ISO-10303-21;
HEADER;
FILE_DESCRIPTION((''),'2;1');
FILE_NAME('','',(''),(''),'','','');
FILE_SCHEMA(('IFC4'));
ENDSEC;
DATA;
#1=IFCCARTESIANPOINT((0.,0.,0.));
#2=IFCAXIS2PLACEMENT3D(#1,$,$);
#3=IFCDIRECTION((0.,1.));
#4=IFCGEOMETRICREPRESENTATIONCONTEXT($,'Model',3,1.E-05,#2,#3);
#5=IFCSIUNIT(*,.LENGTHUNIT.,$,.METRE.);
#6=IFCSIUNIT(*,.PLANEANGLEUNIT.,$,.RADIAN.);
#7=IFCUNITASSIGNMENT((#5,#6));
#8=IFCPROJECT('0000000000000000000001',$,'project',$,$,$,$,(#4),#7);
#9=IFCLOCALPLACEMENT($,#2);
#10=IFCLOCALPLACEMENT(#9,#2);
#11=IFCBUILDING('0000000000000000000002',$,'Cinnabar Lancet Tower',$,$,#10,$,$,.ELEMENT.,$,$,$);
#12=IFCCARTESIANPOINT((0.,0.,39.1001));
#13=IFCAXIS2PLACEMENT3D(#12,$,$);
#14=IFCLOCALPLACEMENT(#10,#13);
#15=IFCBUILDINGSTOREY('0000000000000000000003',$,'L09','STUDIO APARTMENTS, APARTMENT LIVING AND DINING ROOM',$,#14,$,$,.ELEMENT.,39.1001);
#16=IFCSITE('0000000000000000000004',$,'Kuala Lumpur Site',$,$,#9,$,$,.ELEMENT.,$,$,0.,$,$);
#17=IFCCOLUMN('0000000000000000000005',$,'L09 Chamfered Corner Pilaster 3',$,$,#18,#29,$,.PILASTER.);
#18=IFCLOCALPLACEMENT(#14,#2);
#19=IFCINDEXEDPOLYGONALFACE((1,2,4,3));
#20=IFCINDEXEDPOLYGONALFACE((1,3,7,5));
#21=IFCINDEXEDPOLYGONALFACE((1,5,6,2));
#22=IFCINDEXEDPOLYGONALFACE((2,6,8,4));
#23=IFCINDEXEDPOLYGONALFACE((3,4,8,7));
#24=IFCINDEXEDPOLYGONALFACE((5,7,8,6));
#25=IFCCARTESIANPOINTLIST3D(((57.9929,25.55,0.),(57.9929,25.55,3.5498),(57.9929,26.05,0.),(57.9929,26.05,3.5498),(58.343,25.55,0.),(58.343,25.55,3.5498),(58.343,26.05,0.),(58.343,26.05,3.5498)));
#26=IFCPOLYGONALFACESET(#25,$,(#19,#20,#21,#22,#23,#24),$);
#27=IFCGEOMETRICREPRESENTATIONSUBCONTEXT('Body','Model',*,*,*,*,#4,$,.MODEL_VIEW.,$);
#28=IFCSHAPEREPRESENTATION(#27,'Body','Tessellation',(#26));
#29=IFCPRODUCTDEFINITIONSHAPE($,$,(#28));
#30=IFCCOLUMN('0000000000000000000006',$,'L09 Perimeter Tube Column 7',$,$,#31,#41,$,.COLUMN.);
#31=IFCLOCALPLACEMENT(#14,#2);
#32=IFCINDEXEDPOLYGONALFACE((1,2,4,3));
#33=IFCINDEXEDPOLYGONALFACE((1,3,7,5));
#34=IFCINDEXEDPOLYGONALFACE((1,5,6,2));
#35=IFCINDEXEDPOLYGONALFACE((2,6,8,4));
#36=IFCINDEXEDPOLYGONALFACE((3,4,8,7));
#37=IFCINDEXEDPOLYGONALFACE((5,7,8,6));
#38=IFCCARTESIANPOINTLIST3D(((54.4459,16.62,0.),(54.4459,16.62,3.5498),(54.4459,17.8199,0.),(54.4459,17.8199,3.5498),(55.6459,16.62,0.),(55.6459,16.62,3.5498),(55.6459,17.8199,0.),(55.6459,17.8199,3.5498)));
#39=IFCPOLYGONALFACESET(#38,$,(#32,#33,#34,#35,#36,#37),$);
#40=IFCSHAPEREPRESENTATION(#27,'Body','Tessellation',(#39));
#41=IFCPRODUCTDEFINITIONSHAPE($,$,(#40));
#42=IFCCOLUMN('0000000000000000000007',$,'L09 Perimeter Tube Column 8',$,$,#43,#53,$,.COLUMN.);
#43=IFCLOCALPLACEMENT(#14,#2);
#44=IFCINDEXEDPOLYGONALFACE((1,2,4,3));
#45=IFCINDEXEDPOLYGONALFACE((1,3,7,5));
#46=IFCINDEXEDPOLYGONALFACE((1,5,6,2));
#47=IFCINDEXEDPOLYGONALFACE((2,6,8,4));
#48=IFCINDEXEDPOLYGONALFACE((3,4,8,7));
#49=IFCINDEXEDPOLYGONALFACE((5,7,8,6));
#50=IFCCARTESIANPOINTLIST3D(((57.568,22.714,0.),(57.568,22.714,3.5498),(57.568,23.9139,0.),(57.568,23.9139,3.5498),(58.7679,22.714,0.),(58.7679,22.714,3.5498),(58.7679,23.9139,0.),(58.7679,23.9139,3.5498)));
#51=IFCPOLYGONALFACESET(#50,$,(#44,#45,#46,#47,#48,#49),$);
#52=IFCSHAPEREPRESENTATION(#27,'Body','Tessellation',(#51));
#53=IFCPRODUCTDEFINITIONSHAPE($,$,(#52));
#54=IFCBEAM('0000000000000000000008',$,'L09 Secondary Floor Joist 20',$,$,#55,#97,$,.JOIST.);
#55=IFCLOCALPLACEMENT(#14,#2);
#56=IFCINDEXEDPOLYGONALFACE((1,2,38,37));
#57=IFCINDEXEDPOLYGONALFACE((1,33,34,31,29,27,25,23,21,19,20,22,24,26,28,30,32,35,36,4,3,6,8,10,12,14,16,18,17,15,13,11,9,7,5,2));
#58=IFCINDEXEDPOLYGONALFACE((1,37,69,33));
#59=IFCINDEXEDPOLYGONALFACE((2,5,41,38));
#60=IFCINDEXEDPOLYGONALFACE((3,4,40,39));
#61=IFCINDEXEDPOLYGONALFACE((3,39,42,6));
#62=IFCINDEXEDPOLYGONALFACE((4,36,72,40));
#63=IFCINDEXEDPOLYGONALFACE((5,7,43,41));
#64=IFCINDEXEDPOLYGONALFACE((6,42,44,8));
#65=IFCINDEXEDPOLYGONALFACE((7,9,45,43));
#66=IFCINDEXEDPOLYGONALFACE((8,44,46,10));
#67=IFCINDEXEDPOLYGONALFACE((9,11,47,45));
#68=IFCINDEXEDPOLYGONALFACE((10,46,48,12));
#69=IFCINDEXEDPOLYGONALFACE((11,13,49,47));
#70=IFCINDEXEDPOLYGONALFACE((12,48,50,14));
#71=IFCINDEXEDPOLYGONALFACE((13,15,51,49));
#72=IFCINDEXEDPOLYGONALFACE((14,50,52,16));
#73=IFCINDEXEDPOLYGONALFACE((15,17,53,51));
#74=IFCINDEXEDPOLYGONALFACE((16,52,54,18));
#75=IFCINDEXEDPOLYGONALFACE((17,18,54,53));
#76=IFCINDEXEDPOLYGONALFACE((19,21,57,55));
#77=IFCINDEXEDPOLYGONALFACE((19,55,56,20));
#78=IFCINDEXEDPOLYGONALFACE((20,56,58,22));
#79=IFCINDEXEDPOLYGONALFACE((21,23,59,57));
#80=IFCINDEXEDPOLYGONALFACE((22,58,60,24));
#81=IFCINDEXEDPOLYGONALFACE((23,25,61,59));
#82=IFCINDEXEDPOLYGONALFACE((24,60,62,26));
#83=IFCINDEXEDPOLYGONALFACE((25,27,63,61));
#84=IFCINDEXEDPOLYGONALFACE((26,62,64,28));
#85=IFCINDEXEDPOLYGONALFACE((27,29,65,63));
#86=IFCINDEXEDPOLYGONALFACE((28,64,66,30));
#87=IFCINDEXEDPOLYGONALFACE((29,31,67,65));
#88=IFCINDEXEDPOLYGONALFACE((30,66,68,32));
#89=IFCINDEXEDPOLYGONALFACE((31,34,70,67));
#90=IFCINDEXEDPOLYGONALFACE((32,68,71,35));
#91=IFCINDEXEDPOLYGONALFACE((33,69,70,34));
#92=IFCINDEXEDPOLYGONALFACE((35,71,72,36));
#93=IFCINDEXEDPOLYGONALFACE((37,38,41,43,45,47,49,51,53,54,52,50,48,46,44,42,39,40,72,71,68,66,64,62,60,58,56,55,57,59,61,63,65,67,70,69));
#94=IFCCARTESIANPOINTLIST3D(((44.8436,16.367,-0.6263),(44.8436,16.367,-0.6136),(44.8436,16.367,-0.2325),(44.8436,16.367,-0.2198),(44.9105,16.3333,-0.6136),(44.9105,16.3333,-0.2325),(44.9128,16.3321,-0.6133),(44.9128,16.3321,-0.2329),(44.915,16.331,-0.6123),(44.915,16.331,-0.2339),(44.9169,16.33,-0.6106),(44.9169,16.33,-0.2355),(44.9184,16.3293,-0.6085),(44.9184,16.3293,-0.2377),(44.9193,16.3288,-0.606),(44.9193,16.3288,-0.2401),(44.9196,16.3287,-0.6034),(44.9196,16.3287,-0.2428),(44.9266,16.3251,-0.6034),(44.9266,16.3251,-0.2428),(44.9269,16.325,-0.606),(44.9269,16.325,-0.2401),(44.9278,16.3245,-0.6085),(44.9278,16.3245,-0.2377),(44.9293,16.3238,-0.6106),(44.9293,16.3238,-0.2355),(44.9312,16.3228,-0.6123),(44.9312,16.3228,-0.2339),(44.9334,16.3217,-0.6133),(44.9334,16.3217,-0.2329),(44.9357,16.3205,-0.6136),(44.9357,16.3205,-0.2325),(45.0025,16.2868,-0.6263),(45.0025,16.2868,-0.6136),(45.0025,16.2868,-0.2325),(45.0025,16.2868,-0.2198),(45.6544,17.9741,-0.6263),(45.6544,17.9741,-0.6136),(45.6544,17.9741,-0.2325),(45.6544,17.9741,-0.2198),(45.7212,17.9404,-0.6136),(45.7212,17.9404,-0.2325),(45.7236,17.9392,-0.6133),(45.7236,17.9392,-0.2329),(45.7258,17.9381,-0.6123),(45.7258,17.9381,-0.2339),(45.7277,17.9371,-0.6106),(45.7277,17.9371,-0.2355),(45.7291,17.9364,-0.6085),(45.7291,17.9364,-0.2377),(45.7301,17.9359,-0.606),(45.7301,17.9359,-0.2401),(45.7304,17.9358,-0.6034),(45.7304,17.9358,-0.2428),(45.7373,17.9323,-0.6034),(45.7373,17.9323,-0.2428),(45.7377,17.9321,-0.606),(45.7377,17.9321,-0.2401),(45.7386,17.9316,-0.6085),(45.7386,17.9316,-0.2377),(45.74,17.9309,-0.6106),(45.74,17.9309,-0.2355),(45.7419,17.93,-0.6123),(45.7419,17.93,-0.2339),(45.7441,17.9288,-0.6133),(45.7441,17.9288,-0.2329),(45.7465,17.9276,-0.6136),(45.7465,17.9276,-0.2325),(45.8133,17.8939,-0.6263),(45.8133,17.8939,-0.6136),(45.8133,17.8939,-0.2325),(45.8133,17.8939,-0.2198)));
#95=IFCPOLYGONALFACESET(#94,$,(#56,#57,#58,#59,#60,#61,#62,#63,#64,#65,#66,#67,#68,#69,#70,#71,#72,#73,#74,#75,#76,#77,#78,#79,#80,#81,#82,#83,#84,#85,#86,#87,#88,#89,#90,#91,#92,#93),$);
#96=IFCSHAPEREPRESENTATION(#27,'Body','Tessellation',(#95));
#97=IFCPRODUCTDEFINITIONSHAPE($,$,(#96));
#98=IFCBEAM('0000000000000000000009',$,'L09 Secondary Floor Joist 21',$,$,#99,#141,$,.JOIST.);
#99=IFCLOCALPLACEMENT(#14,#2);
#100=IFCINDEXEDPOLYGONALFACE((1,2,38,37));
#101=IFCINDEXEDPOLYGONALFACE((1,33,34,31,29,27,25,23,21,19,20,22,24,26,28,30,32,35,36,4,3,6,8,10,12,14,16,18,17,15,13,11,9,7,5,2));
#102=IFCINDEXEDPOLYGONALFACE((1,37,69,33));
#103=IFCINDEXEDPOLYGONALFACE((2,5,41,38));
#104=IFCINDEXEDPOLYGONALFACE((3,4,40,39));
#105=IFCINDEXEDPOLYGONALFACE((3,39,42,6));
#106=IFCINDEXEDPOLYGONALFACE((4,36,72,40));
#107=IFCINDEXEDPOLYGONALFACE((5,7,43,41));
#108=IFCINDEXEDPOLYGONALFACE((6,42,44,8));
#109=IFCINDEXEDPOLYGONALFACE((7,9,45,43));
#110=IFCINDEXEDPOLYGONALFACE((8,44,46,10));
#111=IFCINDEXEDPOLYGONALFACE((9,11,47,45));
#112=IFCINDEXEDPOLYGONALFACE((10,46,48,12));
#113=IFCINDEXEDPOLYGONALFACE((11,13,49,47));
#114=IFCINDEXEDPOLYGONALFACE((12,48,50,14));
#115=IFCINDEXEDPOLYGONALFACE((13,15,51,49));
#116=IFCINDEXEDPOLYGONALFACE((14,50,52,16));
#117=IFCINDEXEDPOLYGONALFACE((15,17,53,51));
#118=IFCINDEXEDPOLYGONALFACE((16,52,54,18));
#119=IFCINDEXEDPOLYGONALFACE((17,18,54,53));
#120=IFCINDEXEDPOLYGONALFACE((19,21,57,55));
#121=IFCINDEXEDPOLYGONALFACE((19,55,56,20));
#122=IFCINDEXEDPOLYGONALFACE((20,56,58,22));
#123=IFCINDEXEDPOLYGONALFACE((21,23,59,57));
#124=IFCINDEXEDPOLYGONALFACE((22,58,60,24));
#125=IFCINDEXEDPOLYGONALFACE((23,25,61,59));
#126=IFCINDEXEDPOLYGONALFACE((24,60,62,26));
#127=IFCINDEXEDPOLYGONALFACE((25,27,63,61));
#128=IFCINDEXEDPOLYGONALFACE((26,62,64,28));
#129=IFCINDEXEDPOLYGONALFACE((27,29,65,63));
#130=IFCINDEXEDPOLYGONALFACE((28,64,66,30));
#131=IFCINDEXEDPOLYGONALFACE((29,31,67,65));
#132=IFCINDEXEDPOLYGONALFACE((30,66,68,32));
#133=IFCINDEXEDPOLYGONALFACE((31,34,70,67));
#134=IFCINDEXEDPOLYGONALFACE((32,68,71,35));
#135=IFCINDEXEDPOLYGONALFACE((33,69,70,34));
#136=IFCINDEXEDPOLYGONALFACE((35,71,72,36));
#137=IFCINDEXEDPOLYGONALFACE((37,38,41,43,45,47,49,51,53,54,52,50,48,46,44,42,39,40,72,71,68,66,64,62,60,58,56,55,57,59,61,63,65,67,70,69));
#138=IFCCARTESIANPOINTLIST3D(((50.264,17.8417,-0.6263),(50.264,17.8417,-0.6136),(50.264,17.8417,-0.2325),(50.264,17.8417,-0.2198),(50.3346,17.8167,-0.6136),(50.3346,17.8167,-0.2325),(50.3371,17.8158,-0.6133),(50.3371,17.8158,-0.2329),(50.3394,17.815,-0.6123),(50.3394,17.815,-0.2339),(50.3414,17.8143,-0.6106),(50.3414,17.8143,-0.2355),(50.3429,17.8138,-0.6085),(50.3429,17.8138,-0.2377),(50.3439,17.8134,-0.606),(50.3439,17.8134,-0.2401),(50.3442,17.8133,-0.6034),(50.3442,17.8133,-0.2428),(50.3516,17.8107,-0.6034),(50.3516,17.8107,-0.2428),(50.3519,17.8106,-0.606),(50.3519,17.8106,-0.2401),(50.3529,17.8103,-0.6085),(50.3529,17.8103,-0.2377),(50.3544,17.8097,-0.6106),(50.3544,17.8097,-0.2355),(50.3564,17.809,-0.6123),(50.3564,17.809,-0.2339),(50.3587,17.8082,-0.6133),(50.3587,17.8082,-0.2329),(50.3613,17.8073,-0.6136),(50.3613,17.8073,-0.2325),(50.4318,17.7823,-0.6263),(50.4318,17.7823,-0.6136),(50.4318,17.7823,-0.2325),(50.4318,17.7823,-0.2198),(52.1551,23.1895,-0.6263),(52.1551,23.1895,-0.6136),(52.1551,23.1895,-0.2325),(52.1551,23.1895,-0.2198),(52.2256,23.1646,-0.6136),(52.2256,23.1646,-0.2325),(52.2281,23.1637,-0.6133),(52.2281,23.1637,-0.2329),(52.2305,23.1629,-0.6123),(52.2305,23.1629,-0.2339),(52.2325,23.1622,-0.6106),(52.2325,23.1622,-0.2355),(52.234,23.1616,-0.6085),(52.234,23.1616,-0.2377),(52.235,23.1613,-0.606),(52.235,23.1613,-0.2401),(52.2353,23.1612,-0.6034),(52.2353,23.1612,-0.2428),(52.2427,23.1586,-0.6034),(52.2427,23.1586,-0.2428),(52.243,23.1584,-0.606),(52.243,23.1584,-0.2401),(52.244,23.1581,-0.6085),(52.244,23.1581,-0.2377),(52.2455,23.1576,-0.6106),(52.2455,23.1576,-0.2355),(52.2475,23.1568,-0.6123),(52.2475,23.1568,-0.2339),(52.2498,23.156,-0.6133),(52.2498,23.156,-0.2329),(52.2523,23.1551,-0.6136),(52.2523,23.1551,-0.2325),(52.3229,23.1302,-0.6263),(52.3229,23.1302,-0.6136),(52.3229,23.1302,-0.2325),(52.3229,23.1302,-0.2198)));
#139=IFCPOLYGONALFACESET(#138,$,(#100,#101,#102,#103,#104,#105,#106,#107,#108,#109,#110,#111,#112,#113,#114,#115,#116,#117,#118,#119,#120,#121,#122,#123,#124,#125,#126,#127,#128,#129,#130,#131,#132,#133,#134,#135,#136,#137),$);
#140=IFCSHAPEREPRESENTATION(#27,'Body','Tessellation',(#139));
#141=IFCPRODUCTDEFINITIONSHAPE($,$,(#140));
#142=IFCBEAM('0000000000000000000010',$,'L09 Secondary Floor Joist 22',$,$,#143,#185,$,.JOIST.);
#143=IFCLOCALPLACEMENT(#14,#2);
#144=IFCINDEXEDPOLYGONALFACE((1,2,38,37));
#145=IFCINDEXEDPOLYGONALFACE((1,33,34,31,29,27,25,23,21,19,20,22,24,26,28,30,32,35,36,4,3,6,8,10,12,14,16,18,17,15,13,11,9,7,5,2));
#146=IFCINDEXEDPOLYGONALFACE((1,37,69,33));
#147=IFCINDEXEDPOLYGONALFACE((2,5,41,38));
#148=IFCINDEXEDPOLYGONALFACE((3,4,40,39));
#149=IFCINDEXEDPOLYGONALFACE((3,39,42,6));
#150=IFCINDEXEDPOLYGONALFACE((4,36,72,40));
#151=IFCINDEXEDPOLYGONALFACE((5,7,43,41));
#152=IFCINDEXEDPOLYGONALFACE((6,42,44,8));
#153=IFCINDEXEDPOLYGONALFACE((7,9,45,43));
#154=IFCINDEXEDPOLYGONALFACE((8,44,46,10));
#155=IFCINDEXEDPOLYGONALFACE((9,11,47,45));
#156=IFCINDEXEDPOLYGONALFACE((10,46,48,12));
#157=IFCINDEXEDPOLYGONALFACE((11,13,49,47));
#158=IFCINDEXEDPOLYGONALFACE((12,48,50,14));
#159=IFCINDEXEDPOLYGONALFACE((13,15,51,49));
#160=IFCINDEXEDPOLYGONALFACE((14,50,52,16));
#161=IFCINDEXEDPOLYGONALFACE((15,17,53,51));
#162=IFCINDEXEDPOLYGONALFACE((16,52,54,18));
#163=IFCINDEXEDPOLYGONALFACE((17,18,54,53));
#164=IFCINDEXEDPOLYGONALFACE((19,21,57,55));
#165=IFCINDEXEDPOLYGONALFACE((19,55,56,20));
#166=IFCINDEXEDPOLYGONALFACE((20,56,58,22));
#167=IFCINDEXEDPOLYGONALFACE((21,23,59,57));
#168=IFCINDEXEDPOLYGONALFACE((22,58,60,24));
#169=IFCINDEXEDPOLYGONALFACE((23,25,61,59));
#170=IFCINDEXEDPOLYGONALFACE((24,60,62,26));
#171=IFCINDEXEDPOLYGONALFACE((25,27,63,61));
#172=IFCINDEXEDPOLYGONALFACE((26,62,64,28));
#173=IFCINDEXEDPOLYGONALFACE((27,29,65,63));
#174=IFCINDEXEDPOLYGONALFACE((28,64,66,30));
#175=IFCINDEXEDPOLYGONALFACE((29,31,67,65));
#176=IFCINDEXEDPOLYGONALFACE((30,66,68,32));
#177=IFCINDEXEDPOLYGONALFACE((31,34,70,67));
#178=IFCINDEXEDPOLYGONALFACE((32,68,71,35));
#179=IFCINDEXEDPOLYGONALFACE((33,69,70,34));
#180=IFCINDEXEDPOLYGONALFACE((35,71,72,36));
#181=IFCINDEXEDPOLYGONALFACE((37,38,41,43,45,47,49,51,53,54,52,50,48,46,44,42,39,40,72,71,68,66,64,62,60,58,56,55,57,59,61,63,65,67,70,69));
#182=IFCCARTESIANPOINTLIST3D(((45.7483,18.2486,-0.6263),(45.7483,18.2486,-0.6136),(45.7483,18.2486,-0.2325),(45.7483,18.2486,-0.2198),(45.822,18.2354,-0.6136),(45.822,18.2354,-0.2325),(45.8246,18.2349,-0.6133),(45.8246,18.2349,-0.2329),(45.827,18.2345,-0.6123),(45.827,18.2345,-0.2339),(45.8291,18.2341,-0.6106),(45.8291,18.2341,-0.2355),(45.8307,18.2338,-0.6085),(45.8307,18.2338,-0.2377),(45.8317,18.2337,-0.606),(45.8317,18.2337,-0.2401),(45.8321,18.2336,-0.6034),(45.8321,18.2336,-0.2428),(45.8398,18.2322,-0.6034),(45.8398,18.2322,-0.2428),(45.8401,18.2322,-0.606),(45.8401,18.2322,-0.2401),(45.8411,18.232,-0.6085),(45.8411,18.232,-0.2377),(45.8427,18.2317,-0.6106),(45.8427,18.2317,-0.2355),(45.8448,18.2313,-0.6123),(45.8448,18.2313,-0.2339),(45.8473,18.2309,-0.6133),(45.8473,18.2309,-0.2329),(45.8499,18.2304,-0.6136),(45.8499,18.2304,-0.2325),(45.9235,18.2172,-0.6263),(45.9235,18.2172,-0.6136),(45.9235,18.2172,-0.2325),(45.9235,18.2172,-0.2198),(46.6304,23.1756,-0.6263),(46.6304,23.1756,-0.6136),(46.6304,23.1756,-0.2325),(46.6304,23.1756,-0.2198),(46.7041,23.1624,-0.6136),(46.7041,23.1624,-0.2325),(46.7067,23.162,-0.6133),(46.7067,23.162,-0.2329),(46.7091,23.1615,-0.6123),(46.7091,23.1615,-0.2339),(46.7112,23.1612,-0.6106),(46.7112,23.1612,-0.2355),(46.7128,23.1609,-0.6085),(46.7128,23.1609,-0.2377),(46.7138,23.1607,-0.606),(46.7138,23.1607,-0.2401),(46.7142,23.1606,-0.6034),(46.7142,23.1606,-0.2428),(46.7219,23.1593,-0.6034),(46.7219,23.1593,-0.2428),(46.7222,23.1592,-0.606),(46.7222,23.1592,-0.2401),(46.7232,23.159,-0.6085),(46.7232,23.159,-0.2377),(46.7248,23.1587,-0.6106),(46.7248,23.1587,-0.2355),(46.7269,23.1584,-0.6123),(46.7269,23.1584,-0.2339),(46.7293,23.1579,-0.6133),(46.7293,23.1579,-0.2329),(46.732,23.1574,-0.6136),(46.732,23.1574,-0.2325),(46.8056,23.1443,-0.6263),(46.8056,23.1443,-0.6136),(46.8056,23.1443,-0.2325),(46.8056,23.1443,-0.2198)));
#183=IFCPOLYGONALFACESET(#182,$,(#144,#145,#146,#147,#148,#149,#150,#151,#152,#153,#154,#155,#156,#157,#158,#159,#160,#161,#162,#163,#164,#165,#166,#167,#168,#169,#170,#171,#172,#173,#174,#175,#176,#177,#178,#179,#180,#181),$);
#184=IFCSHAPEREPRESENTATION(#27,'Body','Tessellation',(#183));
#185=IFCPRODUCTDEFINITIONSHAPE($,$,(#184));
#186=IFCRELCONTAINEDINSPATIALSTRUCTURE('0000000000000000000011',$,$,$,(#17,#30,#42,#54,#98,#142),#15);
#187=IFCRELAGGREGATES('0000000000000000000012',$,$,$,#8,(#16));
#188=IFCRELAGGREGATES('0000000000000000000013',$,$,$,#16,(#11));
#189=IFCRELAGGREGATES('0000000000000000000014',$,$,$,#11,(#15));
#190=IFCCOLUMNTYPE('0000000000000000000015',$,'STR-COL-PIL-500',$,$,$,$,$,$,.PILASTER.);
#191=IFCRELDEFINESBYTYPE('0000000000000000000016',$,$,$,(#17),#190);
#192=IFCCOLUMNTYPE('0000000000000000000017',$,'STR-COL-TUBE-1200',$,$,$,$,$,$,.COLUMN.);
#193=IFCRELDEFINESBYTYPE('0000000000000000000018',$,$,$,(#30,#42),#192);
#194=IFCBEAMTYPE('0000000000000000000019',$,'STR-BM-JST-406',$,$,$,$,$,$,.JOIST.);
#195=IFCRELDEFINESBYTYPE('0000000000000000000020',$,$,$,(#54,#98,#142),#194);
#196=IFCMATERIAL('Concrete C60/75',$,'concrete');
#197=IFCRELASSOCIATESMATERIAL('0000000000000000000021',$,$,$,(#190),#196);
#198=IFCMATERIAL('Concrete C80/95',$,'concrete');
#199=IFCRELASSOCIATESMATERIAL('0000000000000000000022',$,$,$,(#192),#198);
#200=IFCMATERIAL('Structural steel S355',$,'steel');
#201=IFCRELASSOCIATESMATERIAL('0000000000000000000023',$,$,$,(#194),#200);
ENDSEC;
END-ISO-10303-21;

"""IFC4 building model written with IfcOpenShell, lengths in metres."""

from ifc_helpers import new_model, si_unit, direction, frame, origin, origin_2d, place, context, subcontext, project, spatial, rectangle, i_section, extrude, material, material_profile, profile_set, type_object, element, save


model = new_model("IFC4")

# Units and contexts
model_context = context("Model", 3, precision=1e-05, world=origin(), true_north=direction((0.0, 1.0)))
body_context = subcontext(model_context, "Body", "Model", "MODEL_VIEW")
ifc_project = project(units=[si_unit("LENGTHUNIT", "METRE"), si_unit("PLANEANGLEUNIT", "RADIAN")], contexts=[model_context])

# Site, building, storey
site_placement = place(None, origin())
site = spatial("IfcSite", under=ifc_project, at=site_placement, Name="Kuala Lumpur Site", CompositionType="ELEMENT", RefElevation=0.0)
building_placement = place(site_placement, origin())
building = spatial("IfcBuilding", under=site, at=building_placement, Name="Cinnabar Lancet Tower", CompositionType="ELEMENT")
storey_placement = place(building_placement, frame((0.0, 0.0, 39.1001)))
storey = spatial("IfcBuildingStorey", under=building, at=storey_placement, Name="L09", Description="STUDIO APARTMENTS, APARTMENT LIVING AND DINING ROOM", CompositionType="ELEMENT", Elevation=39.1001)

# Columns
ifc_material_1 = material(Name="Concrete C60/75", Category="concrete")
ifc_material_profile_1 = material_profile(ifc_material_1, rectangle(XDim=0.5, YDim=0.3501, at=origin_2d()), Name="RC-PIL 500x350")
ifc_profile_set_1 = profile_set([ifc_material_profile_1], Name="Concrete C60/75")
column_type_1 = type_object("IfcColumnType", Name="STR-COL-PIL-500", PredefinedType="PILASTER", material=ifc_profile_set_1)
column_placement = place(storey_placement, frame((58.168, 25.8, 0.0), z_axis=(0.0, 0.0, 1.0), x_axis=(0.0, 1.0, 0.0)))
element("IfcColumn", 1, at=column_placement, inside=storey, type_object=column_type_1, Name="L09 Chamfered Corner Pilaster 3", PredefinedType="PILASTER", context=body_context, shape_type="SweptSolid", body=[
    extrude(rectangle(XDim=0.5, YDim=0.3501, at=origin_2d()), origin(), (0.0, 0.0, 1.0), 3.5498),
])
ifc_material_2 = material(Name="Concrete C80/95", Category="concrete")
ifc_material_profile_2 = material_profile(ifc_material_2, rectangle(XDim=1.2, YDim=1.2, at=origin_2d()), Name="RC-COL 1200x1200")
ifc_profile_set_2 = profile_set([ifc_material_profile_2], Name="Concrete C80/95")
column_type_2 = type_object("IfcColumnType", Name="STR-COL-TUBE-1200", PredefinedType="COLUMN", material=ifc_profile_set_2)
for number, where, z_axis, x_axis, name in (
    (2, (55.0459, 17.22, 0.0), (0.0, 0.0, 1.0), (1.0, 0.0, 0.0), "L09 Perimeter Tube Column 7"),
    (3, (58.168, 23.314, 0.0), (0.0, 0.0, 1.0), (1.0, 0.0, 0.0), "L09 Perimeter Tube Column 8"),
):
    element("IfcColumn", number, at=place(storey_placement, frame(where, z_axis=z_axis, x_axis=x_axis)), inside=storey, type_object=column_type_2, Name=name, PredefinedType="COLUMN", context=body_context, shape_type="SweptSolid", body=[
        extrude(rectangle(XDim=1.2, YDim=1.2, at=origin_2d()), origin(), (0.0, 0.0, 1.0), 3.5498),
    ])

# Beams
ifc_material_3 = material(Name="Structural steel S355", Category="steel")
ifc_material_profile_3 = material_profile(ifc_material_3, i_section(OverallWidth=0.178, OverallDepth=0.4065, WebThickness=0.0078, FlangeThickness=0.0127, FilletRadius=0.0103, at=origin_2d()), Name="UKB 406x178x60")
ifc_profile_set_3 = profile_set([ifc_material_profile_3], Name="Structural steel S355")
beam_type_1 = type_object("IfcBeamType", Name="STR-BM-JST-406", PredefinedType="JOIST", material=ifc_profile_set_3)
beam_1_placement = place(storey_placement, frame((44.9231, 16.3269, -0.4231), z_axis=(0.450411, 0.892821, 0.0), x_axis=(-0.892821, 0.450411, 0.0)))
element("IfcBeam", 4, at=beam_1_placement, inside=storey, type_object=beam_type_1, Name="L09 Secondary Floor Joist 20", PredefinedType="JOIST", context=body_context, shape_type="SweptSolid", body=[
    extrude(i_section(OverallWidth=0.178, OverallDepth=0.4065, WebThickness=0.0078, FlangeThickness=0.0127, FilletRadius=0.0103, at=origin_2d()), origin(), (0.0, 0.0, 1.0), 1.8),
])
beam_2_placement = place(storey_placement, frame((50.3479, 17.812, -0.4231), z_axis=(0.333387, 0.94279, 0.0), x_axis=(-0.94279, 0.333387, 0.0)))
element("IfcBeam", 5, at=beam_2_placement, inside=storey, type_object=beam_type_1, Name="L09 Secondary Floor Joist 21", PredefinedType="JOIST", context=body_context, shape_type="SweptSolid", body=[
    extrude(i_section(OverallWidth=0.178, OverallDepth=0.4065, WebThickness=0.0078, FlangeThickness=0.0127, FilletRadius=0.0103, at=origin_2d()), origin(), (0.0, 0.0, 1.0), 5.6724),
])
beam_3_placement = place(storey_placement, frame((45.8359, 18.2329, -0.4231), z_axis=(0.176228, 0.984349, 0.0), x_axis=(-0.984349, 0.176228, 0.0)))
element("IfcBeam", 6, at=beam_3_placement, inside=storey, type_object=beam_type_1, Name="L09 Secondary Floor Joist 22", PredefinedType="JOIST", context=body_context, shape_type="SweptSolid", body=[
    extrude(i_section(OverallWidth=0.178, OverallDepth=0.4065, WebThickness=0.0078, FlangeThickness=0.0127, FilletRadius=0.0103, at=origin_2d()), origin(), (0.0, 0.0, 1.0), 5.0054),
])

save(model, "model.ifc")
